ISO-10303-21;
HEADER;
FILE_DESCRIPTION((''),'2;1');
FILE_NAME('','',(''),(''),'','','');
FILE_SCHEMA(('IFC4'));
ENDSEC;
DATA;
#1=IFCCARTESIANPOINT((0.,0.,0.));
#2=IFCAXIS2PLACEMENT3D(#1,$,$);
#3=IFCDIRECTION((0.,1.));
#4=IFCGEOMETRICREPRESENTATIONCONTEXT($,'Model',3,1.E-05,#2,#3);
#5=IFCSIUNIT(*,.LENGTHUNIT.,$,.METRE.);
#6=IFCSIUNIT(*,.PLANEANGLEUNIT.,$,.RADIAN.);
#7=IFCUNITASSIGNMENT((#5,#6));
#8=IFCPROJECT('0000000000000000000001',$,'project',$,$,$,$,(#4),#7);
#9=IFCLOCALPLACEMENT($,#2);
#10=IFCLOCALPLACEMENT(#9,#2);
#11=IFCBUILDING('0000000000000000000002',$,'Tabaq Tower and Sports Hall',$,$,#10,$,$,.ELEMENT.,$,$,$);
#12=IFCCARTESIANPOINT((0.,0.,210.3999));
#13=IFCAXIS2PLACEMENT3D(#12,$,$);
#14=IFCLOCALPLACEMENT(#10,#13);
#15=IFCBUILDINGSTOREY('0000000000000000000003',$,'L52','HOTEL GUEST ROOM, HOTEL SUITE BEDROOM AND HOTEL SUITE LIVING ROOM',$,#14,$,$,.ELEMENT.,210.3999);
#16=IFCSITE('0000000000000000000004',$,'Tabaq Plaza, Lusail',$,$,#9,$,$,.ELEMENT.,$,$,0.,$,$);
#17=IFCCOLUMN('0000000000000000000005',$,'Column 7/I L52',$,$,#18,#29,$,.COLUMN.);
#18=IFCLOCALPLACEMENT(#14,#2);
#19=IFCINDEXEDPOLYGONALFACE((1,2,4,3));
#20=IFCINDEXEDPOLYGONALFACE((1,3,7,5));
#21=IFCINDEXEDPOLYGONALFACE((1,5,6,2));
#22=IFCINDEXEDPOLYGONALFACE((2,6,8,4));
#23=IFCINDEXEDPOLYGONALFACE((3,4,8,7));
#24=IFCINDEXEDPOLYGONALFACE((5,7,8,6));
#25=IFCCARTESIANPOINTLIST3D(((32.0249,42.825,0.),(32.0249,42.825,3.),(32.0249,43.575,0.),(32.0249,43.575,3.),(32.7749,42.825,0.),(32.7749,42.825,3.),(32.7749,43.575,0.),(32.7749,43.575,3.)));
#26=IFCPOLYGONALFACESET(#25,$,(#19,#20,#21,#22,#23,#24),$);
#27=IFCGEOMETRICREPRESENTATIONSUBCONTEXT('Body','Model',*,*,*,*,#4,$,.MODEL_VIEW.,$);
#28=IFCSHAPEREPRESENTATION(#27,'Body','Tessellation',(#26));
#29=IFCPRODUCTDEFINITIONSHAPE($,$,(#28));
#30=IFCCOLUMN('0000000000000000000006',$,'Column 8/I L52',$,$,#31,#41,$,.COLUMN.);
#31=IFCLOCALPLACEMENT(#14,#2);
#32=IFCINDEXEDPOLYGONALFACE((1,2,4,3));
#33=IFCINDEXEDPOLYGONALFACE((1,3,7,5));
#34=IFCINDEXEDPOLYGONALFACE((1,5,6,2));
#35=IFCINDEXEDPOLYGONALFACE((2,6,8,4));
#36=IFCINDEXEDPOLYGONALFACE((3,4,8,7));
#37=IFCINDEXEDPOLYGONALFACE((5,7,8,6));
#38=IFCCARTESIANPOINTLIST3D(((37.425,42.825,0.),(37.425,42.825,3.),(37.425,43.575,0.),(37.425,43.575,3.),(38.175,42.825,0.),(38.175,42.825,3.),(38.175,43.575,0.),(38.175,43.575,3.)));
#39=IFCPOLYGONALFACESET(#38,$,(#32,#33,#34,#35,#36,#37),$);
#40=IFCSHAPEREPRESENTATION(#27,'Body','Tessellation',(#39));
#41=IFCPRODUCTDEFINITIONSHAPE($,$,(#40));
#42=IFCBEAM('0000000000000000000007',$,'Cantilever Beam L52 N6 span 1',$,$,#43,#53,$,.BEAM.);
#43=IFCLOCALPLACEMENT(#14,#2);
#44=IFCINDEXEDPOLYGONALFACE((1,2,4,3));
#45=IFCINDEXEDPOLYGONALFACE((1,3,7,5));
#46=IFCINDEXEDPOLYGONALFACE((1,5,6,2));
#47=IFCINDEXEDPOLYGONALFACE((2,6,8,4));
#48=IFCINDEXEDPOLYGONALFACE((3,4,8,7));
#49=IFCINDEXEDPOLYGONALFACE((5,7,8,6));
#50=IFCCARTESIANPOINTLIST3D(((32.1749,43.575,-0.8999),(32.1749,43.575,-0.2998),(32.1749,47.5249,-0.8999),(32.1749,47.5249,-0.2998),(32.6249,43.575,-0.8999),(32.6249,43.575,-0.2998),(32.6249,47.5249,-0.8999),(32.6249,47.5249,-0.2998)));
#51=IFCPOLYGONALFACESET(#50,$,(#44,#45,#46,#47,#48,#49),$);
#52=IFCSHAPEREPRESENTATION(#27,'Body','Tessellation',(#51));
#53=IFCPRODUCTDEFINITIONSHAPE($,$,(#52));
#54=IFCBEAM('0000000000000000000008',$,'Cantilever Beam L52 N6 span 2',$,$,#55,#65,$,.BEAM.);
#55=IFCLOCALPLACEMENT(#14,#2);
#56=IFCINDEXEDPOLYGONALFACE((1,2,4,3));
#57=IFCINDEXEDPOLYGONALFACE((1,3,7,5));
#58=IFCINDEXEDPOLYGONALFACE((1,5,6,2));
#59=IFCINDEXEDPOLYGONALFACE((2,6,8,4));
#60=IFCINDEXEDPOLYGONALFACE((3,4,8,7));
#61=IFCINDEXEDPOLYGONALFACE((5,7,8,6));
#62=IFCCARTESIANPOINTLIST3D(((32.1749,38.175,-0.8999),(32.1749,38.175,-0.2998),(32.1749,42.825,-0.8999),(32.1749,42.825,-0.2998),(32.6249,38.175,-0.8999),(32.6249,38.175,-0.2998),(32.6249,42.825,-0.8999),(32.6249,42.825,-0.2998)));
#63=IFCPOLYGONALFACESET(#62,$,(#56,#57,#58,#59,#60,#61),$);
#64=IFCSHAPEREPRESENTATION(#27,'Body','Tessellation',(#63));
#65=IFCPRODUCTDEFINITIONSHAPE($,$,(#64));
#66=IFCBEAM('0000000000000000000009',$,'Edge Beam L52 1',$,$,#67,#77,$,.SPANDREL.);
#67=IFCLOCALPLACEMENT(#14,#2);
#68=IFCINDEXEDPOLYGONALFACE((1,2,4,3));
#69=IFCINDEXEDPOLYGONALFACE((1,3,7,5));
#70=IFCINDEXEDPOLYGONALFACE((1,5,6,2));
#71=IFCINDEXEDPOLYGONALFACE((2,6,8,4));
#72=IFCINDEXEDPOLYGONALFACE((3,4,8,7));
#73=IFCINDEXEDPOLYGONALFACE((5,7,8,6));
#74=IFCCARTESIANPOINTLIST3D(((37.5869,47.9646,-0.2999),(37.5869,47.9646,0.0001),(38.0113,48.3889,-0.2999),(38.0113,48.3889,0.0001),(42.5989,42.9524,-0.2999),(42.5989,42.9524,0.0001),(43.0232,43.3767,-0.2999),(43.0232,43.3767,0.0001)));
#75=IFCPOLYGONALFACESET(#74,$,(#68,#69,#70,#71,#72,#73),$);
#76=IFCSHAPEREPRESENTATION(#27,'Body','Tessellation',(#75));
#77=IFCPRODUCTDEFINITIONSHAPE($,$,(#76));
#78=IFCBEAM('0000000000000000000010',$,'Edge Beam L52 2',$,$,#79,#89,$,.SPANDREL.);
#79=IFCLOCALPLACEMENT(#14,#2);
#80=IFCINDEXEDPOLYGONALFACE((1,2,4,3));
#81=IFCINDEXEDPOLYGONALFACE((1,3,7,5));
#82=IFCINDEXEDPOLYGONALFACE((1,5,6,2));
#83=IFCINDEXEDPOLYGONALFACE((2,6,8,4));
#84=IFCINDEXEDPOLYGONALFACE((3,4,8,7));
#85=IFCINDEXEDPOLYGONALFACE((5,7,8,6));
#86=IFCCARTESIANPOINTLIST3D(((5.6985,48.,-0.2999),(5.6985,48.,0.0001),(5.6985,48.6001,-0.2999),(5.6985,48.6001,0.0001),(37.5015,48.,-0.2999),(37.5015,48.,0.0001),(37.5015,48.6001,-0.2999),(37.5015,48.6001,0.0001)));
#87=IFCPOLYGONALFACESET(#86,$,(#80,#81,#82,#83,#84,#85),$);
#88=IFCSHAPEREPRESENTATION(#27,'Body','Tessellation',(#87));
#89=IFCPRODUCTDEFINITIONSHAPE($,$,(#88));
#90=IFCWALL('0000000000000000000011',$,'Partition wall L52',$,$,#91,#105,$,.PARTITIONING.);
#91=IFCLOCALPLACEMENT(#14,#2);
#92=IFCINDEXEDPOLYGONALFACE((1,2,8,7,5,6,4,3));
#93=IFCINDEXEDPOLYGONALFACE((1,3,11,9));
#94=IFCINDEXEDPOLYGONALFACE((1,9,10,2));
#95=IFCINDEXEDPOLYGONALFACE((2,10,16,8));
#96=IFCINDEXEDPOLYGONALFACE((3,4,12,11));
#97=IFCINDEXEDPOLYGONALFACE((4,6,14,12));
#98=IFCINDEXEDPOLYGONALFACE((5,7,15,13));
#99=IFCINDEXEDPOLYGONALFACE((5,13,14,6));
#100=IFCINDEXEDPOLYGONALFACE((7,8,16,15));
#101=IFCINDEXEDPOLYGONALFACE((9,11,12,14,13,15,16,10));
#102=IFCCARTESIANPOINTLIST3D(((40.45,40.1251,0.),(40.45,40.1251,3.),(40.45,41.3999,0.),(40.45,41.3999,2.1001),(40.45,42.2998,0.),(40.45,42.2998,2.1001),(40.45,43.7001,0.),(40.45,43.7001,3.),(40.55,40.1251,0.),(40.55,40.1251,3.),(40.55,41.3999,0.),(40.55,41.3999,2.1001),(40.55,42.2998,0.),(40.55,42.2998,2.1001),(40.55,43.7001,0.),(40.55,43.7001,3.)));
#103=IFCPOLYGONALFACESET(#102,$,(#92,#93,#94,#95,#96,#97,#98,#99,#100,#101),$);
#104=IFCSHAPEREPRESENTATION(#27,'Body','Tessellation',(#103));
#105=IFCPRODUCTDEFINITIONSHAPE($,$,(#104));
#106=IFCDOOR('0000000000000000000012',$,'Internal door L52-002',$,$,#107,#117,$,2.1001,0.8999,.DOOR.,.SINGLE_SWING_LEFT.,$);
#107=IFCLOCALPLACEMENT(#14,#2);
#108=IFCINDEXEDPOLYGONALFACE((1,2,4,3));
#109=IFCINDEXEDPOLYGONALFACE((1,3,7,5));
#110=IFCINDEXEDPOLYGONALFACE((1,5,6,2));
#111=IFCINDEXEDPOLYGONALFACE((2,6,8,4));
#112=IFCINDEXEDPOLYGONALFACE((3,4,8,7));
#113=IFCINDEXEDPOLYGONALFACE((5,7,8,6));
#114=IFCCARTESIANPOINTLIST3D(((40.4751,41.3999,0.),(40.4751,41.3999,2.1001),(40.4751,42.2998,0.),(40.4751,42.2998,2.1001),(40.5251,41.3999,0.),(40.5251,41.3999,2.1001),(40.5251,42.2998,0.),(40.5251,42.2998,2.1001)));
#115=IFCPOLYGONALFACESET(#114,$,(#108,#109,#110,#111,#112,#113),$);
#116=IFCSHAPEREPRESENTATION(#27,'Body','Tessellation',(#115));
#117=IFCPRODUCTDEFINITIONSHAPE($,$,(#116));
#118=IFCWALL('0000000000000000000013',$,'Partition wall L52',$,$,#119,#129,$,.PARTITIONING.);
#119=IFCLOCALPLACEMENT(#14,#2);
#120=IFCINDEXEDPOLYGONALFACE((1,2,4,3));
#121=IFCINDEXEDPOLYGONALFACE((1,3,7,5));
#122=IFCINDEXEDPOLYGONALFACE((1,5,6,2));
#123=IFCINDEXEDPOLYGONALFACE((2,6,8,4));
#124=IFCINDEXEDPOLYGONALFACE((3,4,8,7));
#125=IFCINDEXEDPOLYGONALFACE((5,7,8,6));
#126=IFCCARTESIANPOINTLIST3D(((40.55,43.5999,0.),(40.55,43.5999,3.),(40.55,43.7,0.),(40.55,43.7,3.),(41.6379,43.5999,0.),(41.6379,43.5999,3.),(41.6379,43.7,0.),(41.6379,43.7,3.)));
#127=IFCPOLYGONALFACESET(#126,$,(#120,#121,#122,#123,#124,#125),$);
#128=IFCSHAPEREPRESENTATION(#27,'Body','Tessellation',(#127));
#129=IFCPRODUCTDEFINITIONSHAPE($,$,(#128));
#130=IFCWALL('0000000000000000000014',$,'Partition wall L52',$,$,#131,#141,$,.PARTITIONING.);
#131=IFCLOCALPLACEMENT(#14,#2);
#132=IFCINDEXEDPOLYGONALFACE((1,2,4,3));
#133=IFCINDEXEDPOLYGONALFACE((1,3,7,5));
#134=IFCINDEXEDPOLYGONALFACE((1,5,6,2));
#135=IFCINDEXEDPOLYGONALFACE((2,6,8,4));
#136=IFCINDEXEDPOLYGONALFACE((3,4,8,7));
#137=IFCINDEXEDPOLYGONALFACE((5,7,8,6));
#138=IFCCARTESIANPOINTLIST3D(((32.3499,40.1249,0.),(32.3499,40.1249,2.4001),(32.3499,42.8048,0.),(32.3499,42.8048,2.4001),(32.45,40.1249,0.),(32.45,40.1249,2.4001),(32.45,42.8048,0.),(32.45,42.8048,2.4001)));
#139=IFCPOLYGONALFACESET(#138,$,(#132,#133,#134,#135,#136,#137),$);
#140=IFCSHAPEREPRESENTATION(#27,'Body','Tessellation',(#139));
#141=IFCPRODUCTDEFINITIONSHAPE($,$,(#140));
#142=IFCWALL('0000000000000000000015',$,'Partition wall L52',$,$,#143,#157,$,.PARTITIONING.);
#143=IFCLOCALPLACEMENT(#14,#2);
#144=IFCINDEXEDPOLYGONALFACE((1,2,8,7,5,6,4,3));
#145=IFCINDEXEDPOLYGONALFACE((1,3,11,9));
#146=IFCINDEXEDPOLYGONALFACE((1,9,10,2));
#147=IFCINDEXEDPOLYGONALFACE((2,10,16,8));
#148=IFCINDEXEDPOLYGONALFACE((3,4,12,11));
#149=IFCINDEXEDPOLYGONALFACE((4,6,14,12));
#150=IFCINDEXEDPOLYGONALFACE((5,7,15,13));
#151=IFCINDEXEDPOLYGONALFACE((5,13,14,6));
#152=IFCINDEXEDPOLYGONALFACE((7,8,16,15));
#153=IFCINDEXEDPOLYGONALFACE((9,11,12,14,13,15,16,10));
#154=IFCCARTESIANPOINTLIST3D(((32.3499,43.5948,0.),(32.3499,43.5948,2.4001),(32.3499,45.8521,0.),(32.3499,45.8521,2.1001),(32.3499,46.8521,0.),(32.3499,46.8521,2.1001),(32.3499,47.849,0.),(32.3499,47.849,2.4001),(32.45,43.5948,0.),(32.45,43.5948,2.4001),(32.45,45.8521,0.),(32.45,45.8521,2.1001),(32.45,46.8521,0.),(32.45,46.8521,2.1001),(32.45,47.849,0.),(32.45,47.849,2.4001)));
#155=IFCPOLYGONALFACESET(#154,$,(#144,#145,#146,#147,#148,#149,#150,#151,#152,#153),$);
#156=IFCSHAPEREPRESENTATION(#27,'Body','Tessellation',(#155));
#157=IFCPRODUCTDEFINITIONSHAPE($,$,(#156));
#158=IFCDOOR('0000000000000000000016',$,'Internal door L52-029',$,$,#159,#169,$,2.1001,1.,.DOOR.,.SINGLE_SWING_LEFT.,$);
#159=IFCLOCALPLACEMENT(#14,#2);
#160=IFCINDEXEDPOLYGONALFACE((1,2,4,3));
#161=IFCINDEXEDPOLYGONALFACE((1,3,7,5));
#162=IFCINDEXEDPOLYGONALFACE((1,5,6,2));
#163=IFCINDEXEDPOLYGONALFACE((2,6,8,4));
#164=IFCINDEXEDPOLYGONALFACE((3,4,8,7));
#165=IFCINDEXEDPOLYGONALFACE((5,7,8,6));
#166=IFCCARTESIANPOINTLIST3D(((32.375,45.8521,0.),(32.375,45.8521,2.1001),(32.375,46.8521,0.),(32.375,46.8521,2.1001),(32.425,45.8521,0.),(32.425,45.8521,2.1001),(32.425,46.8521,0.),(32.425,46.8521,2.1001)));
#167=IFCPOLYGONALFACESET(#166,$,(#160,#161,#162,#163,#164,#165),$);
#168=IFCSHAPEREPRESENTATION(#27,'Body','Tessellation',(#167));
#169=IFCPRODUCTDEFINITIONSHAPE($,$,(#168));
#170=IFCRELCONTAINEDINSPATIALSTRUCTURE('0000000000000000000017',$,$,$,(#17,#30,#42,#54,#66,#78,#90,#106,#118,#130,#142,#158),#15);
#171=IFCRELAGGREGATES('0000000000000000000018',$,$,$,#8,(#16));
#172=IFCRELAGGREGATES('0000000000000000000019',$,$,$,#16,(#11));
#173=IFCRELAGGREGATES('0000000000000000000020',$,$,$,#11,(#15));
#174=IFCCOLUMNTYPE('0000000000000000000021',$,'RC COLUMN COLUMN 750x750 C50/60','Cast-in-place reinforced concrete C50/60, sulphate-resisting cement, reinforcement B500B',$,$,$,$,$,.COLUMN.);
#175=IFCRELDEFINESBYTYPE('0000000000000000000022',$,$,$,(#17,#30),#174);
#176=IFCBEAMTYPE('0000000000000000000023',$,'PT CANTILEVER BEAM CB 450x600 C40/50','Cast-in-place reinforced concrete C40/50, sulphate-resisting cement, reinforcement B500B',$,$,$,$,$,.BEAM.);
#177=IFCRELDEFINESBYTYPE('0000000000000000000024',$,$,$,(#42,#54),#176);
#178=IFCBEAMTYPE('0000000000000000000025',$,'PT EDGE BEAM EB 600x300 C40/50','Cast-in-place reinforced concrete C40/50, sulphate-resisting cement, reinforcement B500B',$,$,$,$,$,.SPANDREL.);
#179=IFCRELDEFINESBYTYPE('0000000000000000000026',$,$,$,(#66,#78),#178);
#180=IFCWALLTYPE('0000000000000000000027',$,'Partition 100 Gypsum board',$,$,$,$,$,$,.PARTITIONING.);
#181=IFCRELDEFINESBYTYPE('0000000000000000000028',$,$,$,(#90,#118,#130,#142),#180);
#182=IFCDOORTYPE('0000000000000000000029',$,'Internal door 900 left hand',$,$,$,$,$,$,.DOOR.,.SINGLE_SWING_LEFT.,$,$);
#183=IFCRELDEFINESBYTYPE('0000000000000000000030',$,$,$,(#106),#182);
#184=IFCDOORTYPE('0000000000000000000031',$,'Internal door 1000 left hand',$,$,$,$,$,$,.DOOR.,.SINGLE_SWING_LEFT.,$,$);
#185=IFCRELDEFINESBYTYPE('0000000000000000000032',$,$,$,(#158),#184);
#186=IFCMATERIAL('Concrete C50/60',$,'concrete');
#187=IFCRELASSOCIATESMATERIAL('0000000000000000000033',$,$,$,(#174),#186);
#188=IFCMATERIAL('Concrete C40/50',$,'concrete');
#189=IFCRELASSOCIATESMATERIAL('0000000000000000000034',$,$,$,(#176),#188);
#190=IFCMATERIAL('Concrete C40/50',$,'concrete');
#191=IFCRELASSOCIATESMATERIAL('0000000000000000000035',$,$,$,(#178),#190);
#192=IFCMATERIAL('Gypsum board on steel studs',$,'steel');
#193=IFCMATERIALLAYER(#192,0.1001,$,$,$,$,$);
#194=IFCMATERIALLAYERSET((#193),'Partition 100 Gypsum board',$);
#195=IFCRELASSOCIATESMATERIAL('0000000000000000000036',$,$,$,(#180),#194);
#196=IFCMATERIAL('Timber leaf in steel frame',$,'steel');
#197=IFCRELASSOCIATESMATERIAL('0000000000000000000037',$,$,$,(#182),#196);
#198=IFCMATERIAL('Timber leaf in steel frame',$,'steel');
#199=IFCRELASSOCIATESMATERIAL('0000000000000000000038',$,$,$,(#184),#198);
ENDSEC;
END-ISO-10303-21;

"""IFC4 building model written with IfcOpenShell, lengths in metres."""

from ifc_helpers import new_model, si_unit, direction, frame, frame_2d, origin, origin_2d, place, context, subcontext, project, spatial, rectangle, extrude, material, layer, layer_set, material_profile, profile_set, type_object, element, fill, save


model = new_model("IFC4")

# Units and contexts
model_context = context("Model", 3, precision=1e-05, world=origin(), true_north=direction((0.0, 1.0)))
body_context = subcontext(model_context, "Body", "Model", "MODEL_VIEW")
ifc_project = project(units=[si_unit("LENGTHUNIT", "METRE"), si_unit("PLANEANGLEUNIT", "RADIAN")], contexts=[model_context])

# Site, building, storey
site_placement = place(None, origin())
site = spatial("IfcSite", under=ifc_project, at=site_placement, Name="Tabaq Plaza, Lusail", CompositionType="ELEMENT", RefElevation=0.0)
building_placement = place(site_placement, origin())
building = spatial("IfcBuilding", under=site, at=building_placement, Name="Tabaq Tower and Sports Hall", CompositionType="ELEMENT")
storey_placement = place(building_placement, frame((0.0, 0.0, 210.3999)))
storey = spatial("IfcBuildingStorey", under=building, at=storey_placement, Name="L52", Description="HOTEL GUEST ROOM, HOTEL SUITE BEDROOM AND HOTEL SUITE LIVING ROOM", CompositionType="ELEMENT", Elevation=210.3999)

# Columns
ifc_material_1 = material(Name="Concrete C50/60", Category="concrete")
ifc_material_profile_1 = material_profile(ifc_material_1, rectangle(XDim=0.75, YDim=0.75, at=origin_2d()), Name="COLUMN 750x750")
ifc_profile_set_1 = profile_set([ifc_material_profile_1], Name="Concrete C50/60")
column_type = type_object("IfcColumnType", Name="RC COLUMN COLUMN 750x750 C50/60", Description="Cast-in-place reinforced concrete C50/60, sulphate-resisting cement, reinforcement B500B", PredefinedType="COLUMN", material=ifc_profile_set_1)
for number, where, z_axis, x_axis, name in (
    (1, (32.3999, 43.2, 0.0), (0.0, 0.0, 1.0), (1.0, 0.0, 0.0), "Column 7/I L52"),
    (2, (37.8, 43.2, 0.0), (0.0, 0.0, 1.0), (1.0, 0.0, 0.0), "Column 8/I L52"),
):
    element("IfcColumn", number, at=place(storey_placement, frame(where, z_axis=z_axis, x_axis=x_axis)), inside=storey, type_object=column_type, Name=name, PredefinedType="COLUMN", context=body_context, shape_type="SweptSolid", body=[
        extrude(rectangle(XDim=0.75, YDim=0.75, at=origin_2d()), origin(), (0.0, 0.0, 1.0), 3.0),
    ])

# Beams
ifc_material_2 = material(Name="Concrete C40/50", Category="concrete")
ifc_material_profile_2 = material_profile(ifc_material_2, rectangle(XDim=0.45, YDim=0.6001, at=origin_2d()), Name="CB 450x600")
ifc_profile_set_2 = profile_set([ifc_material_profile_2], Name="Concrete C40/50")
beam_type_1 = type_object("IfcBeamType", Name="PT CANTILEVER BEAM CB 450x600 C40/50", Description="Cast-in-place reinforced concrete C40/50, sulphate-resisting cement, reinforcement B500B", PredefinedType="BEAM", material=ifc_profile_set_2)
beam_1_placement = place(storey_placement, frame((32.3999, 47.5249, -0.5999), z_axis=(0.0, -1.0, 0.0), x_axis=(1.0, 0.0, 0.0)))
element("IfcBeam", 3, at=beam_1_placement, inside=storey, type_object=beam_type_1, Name="Cantilever Beam L52 N6 span 1", PredefinedType="BEAM", context=body_context, shape_type="SweptSolid", body=[
    extrude(rectangle(XDim=0.45, YDim=0.6001, at=origin_2d()), origin(), (0.0, 0.0, 1.0), 3.95),
])
beam_2_placement = place(storey_placement, frame((32.3999, 42.825, -0.5999), z_axis=(0.0, -1.0, 0.0), x_axis=(1.0, 0.0, 0.0)))
element("IfcBeam", 4, at=beam_2_placement, inside=storey, type_object=beam_type_1, Name="Cantilever Beam L52 N6 span 2", PredefinedType="BEAM", context=body_context, shape_type="SweptSolid", body=[
    extrude(rectangle(XDim=0.45, YDim=0.6001, at=origin_2d()), origin(), (0.0, 0.0, 1.0), 4.6499),
])
ifc_material_3 = material(Name="Concrete C40/50", Category="concrete")
ifc_material_profile_3 = material_profile(ifc_material_3, rectangle(XDim=0.6001, YDim=0.3, at=origin_2d()), Name="EB 600x300")
ifc_profile_set_3 = profile_set([ifc_material_profile_3], Name="Concrete C40/50")
beam_type_2 = type_object("IfcBeamType", Name="PT EDGE BEAM EB 600x300 C40/50", Description="Cast-in-place reinforced concrete C40/50, sulphate-resisting cement, reinforcement B500B", PredefinedType="SPANDREL", material=ifc_profile_set_3)
beam_3_placement = place(storey_placement, frame((42.811, 43.1646, -0.1499), z_axis=(-0.70709, 0.707124, 0.0), x_axis=(-0.707124, -0.70709, 0.0)))
element("IfcBeam", 5, at=beam_3_placement, inside=storey, type_object=beam_type_2, Name="Edge Beam L52 1", PredefinedType="SPANDREL", context=body_context, shape_type="SweptSolid", body=[
    extrude(rectangle(XDim=0.6001, YDim=0.3, at=origin_2d()), origin(), (0.0, 0.0, 1.0), 7.0881),
])
beam_4_placement = place(storey_placement, frame((37.5015, 48.3, -0.1499), z_axis=(-1.0, 0.0, 0.0), x_axis=(0.0, -1.0, 0.0)))
element("IfcBeam", 6, at=beam_4_placement, inside=storey, type_object=beam_type_2, Name="Edge Beam L52 2", PredefinedType="SPANDREL", context=body_context, shape_type="SweptSolid", body=[
    extrude(rectangle(XDim=0.6001, YDim=0.3, at=origin_2d()), origin(), (0.0, 0.0, 1.0), 31.803),
])

# Wall, opening, door
ifc_material_4 = material(Name="Gypsum board on steel studs", Category="steel")
ifc_layer_1 = layer(ifc_material_4, 0.1001)
ifc_layer_set_1 = layer_set([ifc_layer_1], Name="Partition 100 Gypsum board")
wall_type_1 = type_object("IfcWallType", Name="Partition 100 Gypsum board", PredefinedType="PARTITIONING", material=ifc_layer_set_1)
wall_1_placement = place(storey_placement, frame((40.5, 40.125, 0.0), z_axis=(0.0, 0.0, 1.0), x_axis=(0.0, 1.0, 0.0)))
wall_1 = element("IfcWall", 7, at=wall_1_placement, inside=storey, type_object=wall_type_1, Name="Partition wall L52", PredefinedType="PARTITIONING", context=body_context, shape_type="SweptSolid", body=[
    extrude(rectangle(XDim=3.575, YDim=0.1001, at=frame_2d((1.7876, 0.0))), origin(), (0.0, 0.0, 1.0), 3.0),
])
opening_1_placement = place(wall_1_placement, frame((1.2749, 0.0, 0.0)))
opening_1 = element("IfcOpeningElement", 8, at=opening_1_placement, cuts=wall_1, PredefinedType="OPENING", context=body_context, shape_type="SweptSolid", body=[
    extrude(rectangle(XDim=0.8999, YDim=2.1001, at=frame_2d((0.45, 1.05))), frame((0.0, 0.05, 0.0), z_axis=(0.0, -1.0, 0.0), x_axis=(1.0, 0.0, 0.0)), (0.0, 0.0, 1.0), 0.1001),
])
ifc_material_5 = material(Name="Timber leaf in steel frame", Category="steel")
door_type_1 = type_object("IfcDoorType", Name="Internal door 900 left hand", OperationType="SINGLE_SWING_LEFT", PredefinedType="DOOR", material=ifc_material_5)
door_1_placement = place(opening_1_placement, origin())
door_1 = element("IfcDoor", 9, at=door_1_placement, inside=storey, type_object=door_type_1, Name="Internal door L52-002", OperationType="SINGLE_SWING_LEFT", OverallHeight=2.1001, OverallWidth=0.8999, PredefinedType="DOOR", context=body_context, shape_type="SweptSolid", body=[
    extrude(rectangle(XDim=0.8999, YDim=2.1001, at=frame_2d((0.45, 1.05))), frame((0.0, 0.0249, 0.0), z_axis=(0.0, -1.0, 0.0), x_axis=(1.0, 0.0, 0.0)), (0.0, 0.0, 1.0), 0.05),
])
fill(opening_1, door_1)

# Walls
wall_2_placement = place(storey_placement, frame((40.55, 43.6499, 0.0), z_axis=(0.0, 0.0, 1.0), x_axis=(1.0, 0.0, 0.0)))
element("IfcWall", 10, at=wall_2_placement, inside=storey, type_object=wall_type_1, Name="Partition wall L52", PredefinedType="PARTITIONING", context=body_context, shape_type="SweptSolid", body=[
    extrude(rectangle(XDim=1.0879, YDim=0.1001, at=frame_2d((0.5439, 0.0))), origin(), (0.0, 0.0, 1.0), 3.0),
])
wall_3_placement = place(storey_placement, frame((32.3999, 40.125, 0.0), z_axis=(0.0, 0.0, 1.0), x_axis=(0.0, 1.0, 0.0)))
element("IfcWall", 11, at=wall_3_placement, inside=storey, type_object=wall_type_1, Name="Partition wall L52", PredefinedType="PARTITIONING", context=body_context, shape_type="SweptSolid", body=[
    extrude(rectangle(XDim=2.6799, YDim=0.1001, at=frame_2d((1.3398, 0.0))), origin(), (0.0, 0.0, 1.0), 2.4001),
])

# Wall, opening, door
wall_4_placement = place(storey_placement, frame((32.3999, 43.595, 0.0), z_axis=(0.0, 0.0, 1.0), x_axis=(0.0, 1.0, 0.0)))
wall_4 = element("IfcWall", 12, at=wall_4_placement, inside=storey, type_object=wall_type_1, Name="Partition wall L52", PredefinedType="PARTITIONING", context=body_context, shape_type="SweptSolid", body=[
    extrude(rectangle(XDim=4.2542, YDim=0.1001, at=frame_2d((2.127, 0.0))), origin(), (0.0, 0.0, 1.0), 2.4001),
])
opening_2_placement = place(wall_4_placement, frame((2.2571, 0.0, 0.0)))
opening_2 = element("IfcOpeningElement", 13, at=opening_2_placement, cuts=wall_4, PredefinedType="OPENING", context=body_context, shape_type="SweptSolid", body=[
    extrude(rectangle(XDim=1.0, YDim=2.1001, at=frame_2d((0.5, 1.05))), frame((0.0, 0.05, 0.0), z_axis=(0.0, -1.0, 0.0), x_axis=(1.0, 0.0, 0.0)), (0.0, 0.0, 1.0), 0.1001),
])
ifc_material_6 = material(Name="Timber leaf in steel frame", Category="steel")
door_type_2 = type_object("IfcDoorType", Name="Internal door 1000 left hand", OperationType="SINGLE_SWING_LEFT", PredefinedType="DOOR", material=ifc_material_6)
door_2_placement = place(opening_2_placement, origin())
door_2 = element("IfcDoor", 14, at=door_2_placement, inside=storey, type_object=door_type_2, Name="Internal door L52-029", OperationType="SINGLE_SWING_LEFT", OverallHeight=2.1001, OverallWidth=1.0, PredefinedType="DOOR", context=body_context, shape_type="SweptSolid", body=[
    extrude(rectangle(XDim=1.0, YDim=2.1001, at=frame_2d((0.5, 1.05))), frame((0.0, 0.0249, 0.0), z_axis=(0.0, -1.0, 0.0), x_axis=(1.0, 0.0, 0.0)), (0.0, 0.0, 1.0), 0.05),
])
fill(opening_2, door_2)

save(model, "model.ifc")
